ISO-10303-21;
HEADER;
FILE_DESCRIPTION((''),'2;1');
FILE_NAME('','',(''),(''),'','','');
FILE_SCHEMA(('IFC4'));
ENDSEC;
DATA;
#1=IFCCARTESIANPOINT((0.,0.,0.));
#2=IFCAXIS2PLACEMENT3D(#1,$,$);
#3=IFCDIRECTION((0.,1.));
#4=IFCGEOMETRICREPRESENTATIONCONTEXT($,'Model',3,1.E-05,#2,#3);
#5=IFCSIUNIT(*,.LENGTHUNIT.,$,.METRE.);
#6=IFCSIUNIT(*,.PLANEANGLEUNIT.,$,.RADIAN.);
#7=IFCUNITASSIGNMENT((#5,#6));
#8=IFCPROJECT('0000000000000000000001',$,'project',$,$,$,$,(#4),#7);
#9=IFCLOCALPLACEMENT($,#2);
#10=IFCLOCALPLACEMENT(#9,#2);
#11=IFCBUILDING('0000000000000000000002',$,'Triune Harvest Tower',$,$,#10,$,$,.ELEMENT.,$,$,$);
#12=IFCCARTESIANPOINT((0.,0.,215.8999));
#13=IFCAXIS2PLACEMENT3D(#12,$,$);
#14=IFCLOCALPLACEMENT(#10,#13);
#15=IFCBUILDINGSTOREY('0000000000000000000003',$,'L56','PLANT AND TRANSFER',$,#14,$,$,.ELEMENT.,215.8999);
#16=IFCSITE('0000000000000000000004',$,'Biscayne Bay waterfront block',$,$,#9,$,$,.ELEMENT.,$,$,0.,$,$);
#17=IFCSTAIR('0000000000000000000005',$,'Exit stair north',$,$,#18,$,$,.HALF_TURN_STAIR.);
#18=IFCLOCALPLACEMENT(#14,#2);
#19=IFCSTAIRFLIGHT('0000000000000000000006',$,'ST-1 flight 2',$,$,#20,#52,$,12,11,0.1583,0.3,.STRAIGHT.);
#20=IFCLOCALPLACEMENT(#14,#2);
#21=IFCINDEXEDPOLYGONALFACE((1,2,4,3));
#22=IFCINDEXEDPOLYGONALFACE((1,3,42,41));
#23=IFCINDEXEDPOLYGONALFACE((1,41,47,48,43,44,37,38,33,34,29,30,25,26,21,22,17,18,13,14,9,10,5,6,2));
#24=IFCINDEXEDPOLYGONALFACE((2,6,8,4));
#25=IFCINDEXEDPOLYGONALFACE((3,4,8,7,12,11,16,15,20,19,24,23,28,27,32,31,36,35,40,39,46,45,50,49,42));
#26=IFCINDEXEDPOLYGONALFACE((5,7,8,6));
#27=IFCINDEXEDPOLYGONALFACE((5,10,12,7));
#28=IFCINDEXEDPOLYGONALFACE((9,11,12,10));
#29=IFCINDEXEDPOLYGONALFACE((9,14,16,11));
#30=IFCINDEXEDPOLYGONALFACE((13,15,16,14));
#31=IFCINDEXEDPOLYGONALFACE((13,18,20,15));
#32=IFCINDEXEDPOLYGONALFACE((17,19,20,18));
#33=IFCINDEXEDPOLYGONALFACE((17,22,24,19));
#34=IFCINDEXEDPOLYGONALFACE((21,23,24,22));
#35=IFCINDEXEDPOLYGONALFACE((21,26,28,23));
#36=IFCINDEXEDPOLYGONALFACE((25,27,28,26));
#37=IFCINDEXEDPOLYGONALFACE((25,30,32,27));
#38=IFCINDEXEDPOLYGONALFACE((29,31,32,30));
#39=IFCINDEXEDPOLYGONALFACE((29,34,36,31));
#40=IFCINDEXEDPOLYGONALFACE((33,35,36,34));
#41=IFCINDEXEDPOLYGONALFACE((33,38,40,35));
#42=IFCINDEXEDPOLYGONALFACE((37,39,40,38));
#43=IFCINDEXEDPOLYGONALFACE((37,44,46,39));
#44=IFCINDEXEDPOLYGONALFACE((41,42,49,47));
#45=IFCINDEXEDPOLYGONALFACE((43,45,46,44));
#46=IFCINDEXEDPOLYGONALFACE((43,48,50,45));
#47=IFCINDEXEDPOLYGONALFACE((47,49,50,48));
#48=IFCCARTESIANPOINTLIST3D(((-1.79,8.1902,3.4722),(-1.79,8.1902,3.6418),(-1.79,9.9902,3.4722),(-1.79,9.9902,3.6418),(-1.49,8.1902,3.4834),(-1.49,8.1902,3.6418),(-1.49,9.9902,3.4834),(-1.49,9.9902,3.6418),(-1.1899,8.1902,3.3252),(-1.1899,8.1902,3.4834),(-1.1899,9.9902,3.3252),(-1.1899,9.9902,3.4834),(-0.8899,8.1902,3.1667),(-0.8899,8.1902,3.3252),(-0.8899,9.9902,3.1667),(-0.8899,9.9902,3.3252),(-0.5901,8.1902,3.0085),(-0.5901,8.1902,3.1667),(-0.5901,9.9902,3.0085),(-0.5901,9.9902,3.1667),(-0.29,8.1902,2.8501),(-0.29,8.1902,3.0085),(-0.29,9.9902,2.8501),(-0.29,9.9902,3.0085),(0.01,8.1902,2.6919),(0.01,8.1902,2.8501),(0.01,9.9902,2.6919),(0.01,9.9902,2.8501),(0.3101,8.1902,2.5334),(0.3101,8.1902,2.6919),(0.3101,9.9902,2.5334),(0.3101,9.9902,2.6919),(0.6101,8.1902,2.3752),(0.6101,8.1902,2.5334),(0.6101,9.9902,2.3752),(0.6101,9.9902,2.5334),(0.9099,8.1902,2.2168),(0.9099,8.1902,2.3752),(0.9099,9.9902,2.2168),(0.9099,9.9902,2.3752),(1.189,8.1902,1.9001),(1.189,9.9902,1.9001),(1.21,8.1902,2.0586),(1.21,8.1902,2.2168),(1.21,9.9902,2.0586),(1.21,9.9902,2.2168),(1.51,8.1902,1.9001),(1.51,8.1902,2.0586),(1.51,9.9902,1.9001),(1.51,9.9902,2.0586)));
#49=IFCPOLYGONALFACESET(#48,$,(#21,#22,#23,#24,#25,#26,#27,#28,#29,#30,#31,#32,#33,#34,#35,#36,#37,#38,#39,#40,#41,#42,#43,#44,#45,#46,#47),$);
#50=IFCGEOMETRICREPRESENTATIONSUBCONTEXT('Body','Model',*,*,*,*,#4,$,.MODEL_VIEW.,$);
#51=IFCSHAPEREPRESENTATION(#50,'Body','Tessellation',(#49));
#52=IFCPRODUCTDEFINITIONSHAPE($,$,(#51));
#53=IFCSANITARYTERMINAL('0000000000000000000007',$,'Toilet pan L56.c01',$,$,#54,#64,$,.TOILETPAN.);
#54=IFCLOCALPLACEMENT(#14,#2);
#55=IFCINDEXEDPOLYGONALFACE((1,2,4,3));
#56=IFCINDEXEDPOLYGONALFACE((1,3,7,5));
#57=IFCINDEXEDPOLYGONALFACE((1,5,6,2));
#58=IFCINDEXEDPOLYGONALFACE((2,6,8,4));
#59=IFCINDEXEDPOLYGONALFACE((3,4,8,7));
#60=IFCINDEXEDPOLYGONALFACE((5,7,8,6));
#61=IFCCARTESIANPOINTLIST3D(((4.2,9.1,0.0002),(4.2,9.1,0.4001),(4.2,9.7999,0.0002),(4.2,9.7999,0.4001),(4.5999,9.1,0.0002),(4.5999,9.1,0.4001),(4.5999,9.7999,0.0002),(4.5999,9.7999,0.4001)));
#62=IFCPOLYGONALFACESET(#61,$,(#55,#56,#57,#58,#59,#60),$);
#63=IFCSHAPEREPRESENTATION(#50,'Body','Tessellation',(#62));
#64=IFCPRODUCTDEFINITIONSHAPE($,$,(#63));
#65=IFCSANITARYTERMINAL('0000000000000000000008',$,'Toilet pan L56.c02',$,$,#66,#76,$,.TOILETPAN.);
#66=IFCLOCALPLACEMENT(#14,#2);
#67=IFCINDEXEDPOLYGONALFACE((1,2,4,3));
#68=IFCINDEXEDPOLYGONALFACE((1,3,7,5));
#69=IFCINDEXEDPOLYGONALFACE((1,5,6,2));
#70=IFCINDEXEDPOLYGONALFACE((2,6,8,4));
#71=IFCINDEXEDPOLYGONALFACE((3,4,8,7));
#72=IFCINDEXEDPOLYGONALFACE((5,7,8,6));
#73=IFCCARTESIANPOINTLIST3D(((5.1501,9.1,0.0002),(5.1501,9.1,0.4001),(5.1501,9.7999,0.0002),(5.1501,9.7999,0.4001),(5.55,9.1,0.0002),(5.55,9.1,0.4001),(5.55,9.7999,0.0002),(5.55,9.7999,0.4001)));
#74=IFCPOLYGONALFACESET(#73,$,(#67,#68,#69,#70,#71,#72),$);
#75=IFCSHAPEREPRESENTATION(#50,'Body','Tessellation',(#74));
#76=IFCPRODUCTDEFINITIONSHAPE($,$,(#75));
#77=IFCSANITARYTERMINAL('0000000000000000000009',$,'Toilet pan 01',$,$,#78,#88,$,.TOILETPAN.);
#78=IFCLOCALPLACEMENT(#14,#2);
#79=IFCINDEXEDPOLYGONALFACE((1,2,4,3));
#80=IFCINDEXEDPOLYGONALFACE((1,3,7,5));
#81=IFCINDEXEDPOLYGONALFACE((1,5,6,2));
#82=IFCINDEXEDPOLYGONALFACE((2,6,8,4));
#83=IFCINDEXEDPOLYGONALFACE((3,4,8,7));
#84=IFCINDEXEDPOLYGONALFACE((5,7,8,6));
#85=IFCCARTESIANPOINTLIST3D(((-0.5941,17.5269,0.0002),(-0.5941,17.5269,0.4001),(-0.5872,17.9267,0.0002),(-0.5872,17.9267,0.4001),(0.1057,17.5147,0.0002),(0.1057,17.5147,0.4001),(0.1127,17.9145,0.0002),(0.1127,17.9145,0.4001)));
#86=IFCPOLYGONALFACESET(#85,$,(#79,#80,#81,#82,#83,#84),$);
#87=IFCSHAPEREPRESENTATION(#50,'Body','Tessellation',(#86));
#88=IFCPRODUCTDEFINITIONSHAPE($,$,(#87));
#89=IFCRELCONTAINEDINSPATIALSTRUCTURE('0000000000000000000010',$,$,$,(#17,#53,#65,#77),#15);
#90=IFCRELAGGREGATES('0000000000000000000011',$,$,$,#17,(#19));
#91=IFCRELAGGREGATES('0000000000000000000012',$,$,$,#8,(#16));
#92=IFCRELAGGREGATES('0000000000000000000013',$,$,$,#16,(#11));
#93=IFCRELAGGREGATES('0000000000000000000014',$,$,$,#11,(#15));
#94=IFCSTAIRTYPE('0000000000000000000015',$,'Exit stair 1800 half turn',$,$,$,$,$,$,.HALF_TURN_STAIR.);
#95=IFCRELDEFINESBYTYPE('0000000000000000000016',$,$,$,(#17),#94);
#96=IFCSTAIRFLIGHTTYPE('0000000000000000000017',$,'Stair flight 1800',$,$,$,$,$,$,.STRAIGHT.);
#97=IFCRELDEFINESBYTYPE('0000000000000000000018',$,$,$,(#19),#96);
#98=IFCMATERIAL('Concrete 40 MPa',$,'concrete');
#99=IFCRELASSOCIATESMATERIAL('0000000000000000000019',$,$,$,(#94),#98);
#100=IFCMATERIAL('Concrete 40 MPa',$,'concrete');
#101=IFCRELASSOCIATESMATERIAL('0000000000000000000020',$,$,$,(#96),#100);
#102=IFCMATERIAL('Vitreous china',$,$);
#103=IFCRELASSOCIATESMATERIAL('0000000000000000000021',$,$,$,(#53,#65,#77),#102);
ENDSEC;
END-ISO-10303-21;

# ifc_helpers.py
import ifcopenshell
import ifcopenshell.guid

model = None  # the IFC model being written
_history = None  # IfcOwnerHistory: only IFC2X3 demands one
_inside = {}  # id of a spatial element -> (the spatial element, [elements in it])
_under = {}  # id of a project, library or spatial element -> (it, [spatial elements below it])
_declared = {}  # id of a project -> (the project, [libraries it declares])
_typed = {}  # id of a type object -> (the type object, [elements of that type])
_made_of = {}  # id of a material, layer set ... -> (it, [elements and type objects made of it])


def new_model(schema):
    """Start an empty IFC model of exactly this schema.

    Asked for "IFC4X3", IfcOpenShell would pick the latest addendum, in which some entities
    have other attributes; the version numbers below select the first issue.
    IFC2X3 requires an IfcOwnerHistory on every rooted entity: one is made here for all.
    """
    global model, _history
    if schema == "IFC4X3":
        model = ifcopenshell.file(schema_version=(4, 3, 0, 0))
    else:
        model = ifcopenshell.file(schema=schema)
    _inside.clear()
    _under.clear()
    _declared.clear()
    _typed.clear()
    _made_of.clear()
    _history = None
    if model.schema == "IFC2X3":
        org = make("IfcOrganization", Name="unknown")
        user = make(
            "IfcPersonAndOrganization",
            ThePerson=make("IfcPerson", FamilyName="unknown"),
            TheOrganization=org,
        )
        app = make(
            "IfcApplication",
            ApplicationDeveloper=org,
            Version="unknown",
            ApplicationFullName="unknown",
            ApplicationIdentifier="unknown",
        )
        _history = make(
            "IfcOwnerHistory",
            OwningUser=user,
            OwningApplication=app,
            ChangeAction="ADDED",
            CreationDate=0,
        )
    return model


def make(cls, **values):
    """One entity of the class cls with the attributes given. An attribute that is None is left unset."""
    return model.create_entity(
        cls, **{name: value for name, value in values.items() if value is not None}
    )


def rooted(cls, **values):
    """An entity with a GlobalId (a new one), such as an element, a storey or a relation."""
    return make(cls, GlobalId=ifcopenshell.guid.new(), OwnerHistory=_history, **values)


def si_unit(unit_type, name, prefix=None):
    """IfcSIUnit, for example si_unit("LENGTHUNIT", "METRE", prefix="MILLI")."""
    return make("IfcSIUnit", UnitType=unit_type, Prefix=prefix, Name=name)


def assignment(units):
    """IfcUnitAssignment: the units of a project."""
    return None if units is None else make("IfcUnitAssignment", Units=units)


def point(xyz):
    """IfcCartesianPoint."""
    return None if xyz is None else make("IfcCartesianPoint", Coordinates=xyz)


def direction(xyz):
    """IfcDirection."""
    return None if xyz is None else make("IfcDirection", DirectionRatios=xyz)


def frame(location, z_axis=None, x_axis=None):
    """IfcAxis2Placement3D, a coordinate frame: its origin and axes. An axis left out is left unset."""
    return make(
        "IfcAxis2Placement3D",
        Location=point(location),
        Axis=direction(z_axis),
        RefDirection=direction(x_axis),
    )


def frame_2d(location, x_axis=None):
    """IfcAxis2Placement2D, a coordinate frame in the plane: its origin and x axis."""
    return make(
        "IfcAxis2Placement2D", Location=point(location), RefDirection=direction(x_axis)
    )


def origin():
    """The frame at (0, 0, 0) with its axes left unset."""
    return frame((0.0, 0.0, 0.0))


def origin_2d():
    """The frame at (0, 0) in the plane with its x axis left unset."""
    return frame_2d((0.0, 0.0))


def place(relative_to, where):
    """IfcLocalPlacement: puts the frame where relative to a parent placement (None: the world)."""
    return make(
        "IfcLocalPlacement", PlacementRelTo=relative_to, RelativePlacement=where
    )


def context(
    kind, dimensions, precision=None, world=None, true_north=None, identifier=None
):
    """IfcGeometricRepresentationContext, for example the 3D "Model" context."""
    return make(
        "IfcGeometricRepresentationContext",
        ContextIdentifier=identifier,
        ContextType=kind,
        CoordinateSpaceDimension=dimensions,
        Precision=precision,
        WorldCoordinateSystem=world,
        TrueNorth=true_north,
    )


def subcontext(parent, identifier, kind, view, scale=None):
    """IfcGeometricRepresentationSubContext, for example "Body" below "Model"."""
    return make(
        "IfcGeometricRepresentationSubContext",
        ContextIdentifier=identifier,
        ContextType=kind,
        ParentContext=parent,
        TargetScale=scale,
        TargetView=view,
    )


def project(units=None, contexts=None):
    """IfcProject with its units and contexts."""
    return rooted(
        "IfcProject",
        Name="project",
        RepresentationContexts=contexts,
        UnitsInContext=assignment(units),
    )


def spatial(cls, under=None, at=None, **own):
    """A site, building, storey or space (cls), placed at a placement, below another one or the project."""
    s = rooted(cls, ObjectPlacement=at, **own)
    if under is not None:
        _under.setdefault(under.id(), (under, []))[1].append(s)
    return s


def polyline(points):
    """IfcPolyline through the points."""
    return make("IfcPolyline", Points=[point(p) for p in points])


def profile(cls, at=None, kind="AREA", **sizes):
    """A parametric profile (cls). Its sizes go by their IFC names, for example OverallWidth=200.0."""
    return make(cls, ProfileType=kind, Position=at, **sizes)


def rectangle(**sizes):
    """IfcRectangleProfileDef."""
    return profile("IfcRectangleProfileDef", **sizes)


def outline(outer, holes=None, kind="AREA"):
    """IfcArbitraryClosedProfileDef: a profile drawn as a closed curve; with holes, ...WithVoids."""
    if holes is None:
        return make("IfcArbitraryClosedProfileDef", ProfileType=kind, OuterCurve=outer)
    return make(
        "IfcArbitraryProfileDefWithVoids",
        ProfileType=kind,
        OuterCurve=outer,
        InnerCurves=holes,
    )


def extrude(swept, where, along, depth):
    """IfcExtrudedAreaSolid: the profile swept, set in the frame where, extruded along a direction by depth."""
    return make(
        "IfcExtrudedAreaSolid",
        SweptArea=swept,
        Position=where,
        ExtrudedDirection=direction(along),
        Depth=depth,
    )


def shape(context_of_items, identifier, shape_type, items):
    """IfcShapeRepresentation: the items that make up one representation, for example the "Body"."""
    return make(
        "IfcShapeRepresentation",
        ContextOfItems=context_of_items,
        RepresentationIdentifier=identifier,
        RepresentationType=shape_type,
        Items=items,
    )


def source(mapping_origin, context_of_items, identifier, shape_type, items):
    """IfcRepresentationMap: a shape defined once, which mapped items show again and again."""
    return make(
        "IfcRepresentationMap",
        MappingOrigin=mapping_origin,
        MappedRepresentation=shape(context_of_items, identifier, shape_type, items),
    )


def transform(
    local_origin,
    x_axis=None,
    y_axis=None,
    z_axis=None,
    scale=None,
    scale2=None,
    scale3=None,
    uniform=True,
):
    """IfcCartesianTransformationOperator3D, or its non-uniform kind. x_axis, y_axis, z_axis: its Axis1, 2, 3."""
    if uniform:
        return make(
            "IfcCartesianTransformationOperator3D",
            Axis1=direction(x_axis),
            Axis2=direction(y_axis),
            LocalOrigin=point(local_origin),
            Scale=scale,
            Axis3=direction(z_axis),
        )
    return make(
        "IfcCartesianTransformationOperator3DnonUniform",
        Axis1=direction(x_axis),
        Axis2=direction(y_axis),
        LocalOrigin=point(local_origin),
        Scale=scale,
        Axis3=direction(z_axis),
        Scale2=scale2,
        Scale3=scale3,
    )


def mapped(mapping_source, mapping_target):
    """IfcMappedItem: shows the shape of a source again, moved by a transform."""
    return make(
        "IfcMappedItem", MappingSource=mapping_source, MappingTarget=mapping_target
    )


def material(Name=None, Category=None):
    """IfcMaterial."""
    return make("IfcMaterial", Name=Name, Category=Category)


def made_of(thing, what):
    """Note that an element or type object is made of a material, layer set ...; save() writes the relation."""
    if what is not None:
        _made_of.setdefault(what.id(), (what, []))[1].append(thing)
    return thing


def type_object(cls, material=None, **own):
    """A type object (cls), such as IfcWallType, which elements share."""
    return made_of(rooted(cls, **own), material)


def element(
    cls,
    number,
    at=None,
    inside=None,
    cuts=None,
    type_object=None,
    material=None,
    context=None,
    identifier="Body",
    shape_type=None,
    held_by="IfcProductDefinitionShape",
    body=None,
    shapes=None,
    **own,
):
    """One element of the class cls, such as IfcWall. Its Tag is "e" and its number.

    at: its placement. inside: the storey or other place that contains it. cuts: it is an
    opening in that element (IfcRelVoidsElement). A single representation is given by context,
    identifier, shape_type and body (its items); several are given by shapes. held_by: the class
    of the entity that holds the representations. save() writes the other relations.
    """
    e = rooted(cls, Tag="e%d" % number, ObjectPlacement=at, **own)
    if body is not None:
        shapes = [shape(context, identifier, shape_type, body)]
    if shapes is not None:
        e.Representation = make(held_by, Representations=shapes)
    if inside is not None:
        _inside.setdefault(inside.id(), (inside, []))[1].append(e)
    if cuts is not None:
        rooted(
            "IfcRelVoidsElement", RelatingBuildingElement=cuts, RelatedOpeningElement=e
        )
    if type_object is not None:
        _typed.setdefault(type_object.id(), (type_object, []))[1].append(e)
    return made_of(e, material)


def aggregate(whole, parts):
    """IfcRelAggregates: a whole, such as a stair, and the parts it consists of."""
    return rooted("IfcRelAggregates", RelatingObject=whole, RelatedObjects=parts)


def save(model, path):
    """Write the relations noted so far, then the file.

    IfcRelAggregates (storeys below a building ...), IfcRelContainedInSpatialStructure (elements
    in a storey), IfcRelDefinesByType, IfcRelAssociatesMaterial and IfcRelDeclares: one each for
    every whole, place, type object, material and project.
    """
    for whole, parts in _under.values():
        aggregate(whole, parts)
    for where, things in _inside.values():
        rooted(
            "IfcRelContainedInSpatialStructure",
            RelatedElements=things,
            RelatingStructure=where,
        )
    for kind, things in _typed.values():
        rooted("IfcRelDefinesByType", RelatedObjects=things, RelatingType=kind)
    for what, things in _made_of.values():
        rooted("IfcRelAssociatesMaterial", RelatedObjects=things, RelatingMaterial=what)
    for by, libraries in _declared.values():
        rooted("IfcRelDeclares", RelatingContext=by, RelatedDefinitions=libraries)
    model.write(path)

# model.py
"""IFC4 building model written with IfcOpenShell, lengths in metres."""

from ifc_helpers import new_model, si_unit, direction, frame, origin, origin_2d, place, context, subcontext, project, spatial, polyline, rectangle, outline, extrude, source, transform, mapped, material, type_object, element, aggregate, save


model = new_model("IFC4")

# Units and contexts
model_context = context("Model", 3, precision=1e-05, world=origin(), true_north=direction((0.0, 1.0)))
body_context = subcontext(model_context, "Body", "Model", "MODEL_VIEW")
ifc_project = project(units=[si_unit("LENGTHUNIT", "METRE"), si_unit("PLANEANGLEUNIT", "RADIAN")], contexts=[model_context])

# Site, building, storey
site_placement = place(None, origin())
site = spatial("IfcSite", under=ifc_project, at=site_placement, Name="Biscayne Bay waterfront block", CompositionType="ELEMENT", RefElevation=0.0)
building_placement = place(site_placement, origin())
building = spatial("IfcBuilding", under=site, at=building_placement, Name="Triune Harvest Tower", CompositionType="ELEMENT")
storey_placement = place(building_placement, frame((0.0, 0.0, 215.8999)))
storey = spatial("IfcBuildingStorey", under=building, at=storey_placement, Name="L56", Description="PLANT AND TRANSFER", CompositionType="ELEMENT", Elevation=215.8999)

# Stair, stair flight
ifc_material_1 = material(Name="Concrete 40 MPa", Category="concrete")
stair_type = type_object("IfcStairType", Name="Exit stair 1800 half turn", PredefinedType="HALF_TURN_STAIR", material=ifc_material_1)
stair_placement = place(storey_placement, origin())
stair = element("IfcStair", 1, at=stair_placement, inside=storey, type_object=stair_type, Name="Exit stair north", PredefinedType="HALF_TURN_STAIR")
ifc_material_2 = material(Name="Concrete 40 MPa", Category="concrete")
stair_flight_type = type_object("IfcStairFlightType", Name="Stair flight 1800", PredefinedType="STRAIGHT", material=ifc_material_2)
shared_shape_1 = source(origin(), body_context, "Body", "SweptSolid", [
    extrude(outline(polyline([(0.0, 0.0), (0.0, 0.1584), (0.3, 0.1584), (0.3, 0.3167), (0.6001, 0.3167), (0.6001, 0.4751), (0.8999, 0.4751), (0.8999, 0.6333), (1.2, 0.6333), (1.2, 0.7917), (1.5, 0.7917), (1.5, 0.95), (1.8, 0.95), (1.8, 1.1084), (2.1001, 1.1084), (2.1001, 1.2666), (2.3999, 1.2666), (2.3999, 1.425), (2.7, 1.425), (2.7, 1.5833), (3.0, 1.5833), (3.0, 1.7417), (3.3, 1.7417), (3.3, 1.8999), (3.3, 1.572), (0.321, 0.0), (0.0, 0.0)])), frame((0.0, 0.8999, 0.0), z_axis=(0.0, -1.0, 0.0), x_axis=(1.0, 0.0, 0.0)), (0.0, 0.0, 1.0), 1.8),
])
stair_flight_placement = place(storey_placement, frame((1.51, 9.0901, 1.9001), z_axis=(0.0, 0.0, 1.0), x_axis=(-1.0, 0.0, 0.0)))
stair_flight = element("IfcStairFlight", 2, at=stair_flight_placement, type_object=stair_flight_type, Name="ST-1 flight 2", NumberOfRisers=12, NumberOfTreads=11, PredefinedType="STRAIGHT", RiserHeight=0.1583, TreadLength=0.3, context=body_context, shape_type="MappedRepresentation", body=[
    mapped(shared_shape_1, transform((0.0, 0.0, 0.0), scale=1.0)),
])
aggregate(stair, [stair_flight])

# Sanitary terminals
ifc_material_3 = material(Name="Vitreous china")
shared_shape_2 = source(origin(), body_context, "Body", "SweptSolid", [
    extrude(rectangle(XDim=0.3999, YDim=0.7, at=origin_2d()), origin(), (0.0, 0.0, 1.0), 0.3999),
])
for number, where, z_axis, x_axis, name in (
    (3, (4.3999, 9.45, 0.0002), (0.0, 0.0, 1.0), (1.0, 0.0, 0.0), "Toilet pan L56.c01"),
    (4, (5.3501, 9.45, 0.0002), (0.0, 0.0, 1.0), (1.0, 0.0, 0.0), "Toilet pan L56.c02"),
    (5, (-0.2407, 17.7207, 0.0002), (0.0, 0.0, 1.0), (-0.01747, -0.999847, 0.0), "Toilet pan 01"),
):
    element("IfcSanitaryTerminal", number, at=place(storey_placement, frame(where, z_axis=z_axis, x_axis=x_axis)), inside=storey, material=ifc_material_3, Name=name, PredefinedType="TOILETPAN", context=body_context, shape_type="MappedRepresentation", body=[
        mapped(shared_shape_2, transform((0.0, 0.0, 0.0), scale=1.0)),
    ])

save(model, "model.ifc")
